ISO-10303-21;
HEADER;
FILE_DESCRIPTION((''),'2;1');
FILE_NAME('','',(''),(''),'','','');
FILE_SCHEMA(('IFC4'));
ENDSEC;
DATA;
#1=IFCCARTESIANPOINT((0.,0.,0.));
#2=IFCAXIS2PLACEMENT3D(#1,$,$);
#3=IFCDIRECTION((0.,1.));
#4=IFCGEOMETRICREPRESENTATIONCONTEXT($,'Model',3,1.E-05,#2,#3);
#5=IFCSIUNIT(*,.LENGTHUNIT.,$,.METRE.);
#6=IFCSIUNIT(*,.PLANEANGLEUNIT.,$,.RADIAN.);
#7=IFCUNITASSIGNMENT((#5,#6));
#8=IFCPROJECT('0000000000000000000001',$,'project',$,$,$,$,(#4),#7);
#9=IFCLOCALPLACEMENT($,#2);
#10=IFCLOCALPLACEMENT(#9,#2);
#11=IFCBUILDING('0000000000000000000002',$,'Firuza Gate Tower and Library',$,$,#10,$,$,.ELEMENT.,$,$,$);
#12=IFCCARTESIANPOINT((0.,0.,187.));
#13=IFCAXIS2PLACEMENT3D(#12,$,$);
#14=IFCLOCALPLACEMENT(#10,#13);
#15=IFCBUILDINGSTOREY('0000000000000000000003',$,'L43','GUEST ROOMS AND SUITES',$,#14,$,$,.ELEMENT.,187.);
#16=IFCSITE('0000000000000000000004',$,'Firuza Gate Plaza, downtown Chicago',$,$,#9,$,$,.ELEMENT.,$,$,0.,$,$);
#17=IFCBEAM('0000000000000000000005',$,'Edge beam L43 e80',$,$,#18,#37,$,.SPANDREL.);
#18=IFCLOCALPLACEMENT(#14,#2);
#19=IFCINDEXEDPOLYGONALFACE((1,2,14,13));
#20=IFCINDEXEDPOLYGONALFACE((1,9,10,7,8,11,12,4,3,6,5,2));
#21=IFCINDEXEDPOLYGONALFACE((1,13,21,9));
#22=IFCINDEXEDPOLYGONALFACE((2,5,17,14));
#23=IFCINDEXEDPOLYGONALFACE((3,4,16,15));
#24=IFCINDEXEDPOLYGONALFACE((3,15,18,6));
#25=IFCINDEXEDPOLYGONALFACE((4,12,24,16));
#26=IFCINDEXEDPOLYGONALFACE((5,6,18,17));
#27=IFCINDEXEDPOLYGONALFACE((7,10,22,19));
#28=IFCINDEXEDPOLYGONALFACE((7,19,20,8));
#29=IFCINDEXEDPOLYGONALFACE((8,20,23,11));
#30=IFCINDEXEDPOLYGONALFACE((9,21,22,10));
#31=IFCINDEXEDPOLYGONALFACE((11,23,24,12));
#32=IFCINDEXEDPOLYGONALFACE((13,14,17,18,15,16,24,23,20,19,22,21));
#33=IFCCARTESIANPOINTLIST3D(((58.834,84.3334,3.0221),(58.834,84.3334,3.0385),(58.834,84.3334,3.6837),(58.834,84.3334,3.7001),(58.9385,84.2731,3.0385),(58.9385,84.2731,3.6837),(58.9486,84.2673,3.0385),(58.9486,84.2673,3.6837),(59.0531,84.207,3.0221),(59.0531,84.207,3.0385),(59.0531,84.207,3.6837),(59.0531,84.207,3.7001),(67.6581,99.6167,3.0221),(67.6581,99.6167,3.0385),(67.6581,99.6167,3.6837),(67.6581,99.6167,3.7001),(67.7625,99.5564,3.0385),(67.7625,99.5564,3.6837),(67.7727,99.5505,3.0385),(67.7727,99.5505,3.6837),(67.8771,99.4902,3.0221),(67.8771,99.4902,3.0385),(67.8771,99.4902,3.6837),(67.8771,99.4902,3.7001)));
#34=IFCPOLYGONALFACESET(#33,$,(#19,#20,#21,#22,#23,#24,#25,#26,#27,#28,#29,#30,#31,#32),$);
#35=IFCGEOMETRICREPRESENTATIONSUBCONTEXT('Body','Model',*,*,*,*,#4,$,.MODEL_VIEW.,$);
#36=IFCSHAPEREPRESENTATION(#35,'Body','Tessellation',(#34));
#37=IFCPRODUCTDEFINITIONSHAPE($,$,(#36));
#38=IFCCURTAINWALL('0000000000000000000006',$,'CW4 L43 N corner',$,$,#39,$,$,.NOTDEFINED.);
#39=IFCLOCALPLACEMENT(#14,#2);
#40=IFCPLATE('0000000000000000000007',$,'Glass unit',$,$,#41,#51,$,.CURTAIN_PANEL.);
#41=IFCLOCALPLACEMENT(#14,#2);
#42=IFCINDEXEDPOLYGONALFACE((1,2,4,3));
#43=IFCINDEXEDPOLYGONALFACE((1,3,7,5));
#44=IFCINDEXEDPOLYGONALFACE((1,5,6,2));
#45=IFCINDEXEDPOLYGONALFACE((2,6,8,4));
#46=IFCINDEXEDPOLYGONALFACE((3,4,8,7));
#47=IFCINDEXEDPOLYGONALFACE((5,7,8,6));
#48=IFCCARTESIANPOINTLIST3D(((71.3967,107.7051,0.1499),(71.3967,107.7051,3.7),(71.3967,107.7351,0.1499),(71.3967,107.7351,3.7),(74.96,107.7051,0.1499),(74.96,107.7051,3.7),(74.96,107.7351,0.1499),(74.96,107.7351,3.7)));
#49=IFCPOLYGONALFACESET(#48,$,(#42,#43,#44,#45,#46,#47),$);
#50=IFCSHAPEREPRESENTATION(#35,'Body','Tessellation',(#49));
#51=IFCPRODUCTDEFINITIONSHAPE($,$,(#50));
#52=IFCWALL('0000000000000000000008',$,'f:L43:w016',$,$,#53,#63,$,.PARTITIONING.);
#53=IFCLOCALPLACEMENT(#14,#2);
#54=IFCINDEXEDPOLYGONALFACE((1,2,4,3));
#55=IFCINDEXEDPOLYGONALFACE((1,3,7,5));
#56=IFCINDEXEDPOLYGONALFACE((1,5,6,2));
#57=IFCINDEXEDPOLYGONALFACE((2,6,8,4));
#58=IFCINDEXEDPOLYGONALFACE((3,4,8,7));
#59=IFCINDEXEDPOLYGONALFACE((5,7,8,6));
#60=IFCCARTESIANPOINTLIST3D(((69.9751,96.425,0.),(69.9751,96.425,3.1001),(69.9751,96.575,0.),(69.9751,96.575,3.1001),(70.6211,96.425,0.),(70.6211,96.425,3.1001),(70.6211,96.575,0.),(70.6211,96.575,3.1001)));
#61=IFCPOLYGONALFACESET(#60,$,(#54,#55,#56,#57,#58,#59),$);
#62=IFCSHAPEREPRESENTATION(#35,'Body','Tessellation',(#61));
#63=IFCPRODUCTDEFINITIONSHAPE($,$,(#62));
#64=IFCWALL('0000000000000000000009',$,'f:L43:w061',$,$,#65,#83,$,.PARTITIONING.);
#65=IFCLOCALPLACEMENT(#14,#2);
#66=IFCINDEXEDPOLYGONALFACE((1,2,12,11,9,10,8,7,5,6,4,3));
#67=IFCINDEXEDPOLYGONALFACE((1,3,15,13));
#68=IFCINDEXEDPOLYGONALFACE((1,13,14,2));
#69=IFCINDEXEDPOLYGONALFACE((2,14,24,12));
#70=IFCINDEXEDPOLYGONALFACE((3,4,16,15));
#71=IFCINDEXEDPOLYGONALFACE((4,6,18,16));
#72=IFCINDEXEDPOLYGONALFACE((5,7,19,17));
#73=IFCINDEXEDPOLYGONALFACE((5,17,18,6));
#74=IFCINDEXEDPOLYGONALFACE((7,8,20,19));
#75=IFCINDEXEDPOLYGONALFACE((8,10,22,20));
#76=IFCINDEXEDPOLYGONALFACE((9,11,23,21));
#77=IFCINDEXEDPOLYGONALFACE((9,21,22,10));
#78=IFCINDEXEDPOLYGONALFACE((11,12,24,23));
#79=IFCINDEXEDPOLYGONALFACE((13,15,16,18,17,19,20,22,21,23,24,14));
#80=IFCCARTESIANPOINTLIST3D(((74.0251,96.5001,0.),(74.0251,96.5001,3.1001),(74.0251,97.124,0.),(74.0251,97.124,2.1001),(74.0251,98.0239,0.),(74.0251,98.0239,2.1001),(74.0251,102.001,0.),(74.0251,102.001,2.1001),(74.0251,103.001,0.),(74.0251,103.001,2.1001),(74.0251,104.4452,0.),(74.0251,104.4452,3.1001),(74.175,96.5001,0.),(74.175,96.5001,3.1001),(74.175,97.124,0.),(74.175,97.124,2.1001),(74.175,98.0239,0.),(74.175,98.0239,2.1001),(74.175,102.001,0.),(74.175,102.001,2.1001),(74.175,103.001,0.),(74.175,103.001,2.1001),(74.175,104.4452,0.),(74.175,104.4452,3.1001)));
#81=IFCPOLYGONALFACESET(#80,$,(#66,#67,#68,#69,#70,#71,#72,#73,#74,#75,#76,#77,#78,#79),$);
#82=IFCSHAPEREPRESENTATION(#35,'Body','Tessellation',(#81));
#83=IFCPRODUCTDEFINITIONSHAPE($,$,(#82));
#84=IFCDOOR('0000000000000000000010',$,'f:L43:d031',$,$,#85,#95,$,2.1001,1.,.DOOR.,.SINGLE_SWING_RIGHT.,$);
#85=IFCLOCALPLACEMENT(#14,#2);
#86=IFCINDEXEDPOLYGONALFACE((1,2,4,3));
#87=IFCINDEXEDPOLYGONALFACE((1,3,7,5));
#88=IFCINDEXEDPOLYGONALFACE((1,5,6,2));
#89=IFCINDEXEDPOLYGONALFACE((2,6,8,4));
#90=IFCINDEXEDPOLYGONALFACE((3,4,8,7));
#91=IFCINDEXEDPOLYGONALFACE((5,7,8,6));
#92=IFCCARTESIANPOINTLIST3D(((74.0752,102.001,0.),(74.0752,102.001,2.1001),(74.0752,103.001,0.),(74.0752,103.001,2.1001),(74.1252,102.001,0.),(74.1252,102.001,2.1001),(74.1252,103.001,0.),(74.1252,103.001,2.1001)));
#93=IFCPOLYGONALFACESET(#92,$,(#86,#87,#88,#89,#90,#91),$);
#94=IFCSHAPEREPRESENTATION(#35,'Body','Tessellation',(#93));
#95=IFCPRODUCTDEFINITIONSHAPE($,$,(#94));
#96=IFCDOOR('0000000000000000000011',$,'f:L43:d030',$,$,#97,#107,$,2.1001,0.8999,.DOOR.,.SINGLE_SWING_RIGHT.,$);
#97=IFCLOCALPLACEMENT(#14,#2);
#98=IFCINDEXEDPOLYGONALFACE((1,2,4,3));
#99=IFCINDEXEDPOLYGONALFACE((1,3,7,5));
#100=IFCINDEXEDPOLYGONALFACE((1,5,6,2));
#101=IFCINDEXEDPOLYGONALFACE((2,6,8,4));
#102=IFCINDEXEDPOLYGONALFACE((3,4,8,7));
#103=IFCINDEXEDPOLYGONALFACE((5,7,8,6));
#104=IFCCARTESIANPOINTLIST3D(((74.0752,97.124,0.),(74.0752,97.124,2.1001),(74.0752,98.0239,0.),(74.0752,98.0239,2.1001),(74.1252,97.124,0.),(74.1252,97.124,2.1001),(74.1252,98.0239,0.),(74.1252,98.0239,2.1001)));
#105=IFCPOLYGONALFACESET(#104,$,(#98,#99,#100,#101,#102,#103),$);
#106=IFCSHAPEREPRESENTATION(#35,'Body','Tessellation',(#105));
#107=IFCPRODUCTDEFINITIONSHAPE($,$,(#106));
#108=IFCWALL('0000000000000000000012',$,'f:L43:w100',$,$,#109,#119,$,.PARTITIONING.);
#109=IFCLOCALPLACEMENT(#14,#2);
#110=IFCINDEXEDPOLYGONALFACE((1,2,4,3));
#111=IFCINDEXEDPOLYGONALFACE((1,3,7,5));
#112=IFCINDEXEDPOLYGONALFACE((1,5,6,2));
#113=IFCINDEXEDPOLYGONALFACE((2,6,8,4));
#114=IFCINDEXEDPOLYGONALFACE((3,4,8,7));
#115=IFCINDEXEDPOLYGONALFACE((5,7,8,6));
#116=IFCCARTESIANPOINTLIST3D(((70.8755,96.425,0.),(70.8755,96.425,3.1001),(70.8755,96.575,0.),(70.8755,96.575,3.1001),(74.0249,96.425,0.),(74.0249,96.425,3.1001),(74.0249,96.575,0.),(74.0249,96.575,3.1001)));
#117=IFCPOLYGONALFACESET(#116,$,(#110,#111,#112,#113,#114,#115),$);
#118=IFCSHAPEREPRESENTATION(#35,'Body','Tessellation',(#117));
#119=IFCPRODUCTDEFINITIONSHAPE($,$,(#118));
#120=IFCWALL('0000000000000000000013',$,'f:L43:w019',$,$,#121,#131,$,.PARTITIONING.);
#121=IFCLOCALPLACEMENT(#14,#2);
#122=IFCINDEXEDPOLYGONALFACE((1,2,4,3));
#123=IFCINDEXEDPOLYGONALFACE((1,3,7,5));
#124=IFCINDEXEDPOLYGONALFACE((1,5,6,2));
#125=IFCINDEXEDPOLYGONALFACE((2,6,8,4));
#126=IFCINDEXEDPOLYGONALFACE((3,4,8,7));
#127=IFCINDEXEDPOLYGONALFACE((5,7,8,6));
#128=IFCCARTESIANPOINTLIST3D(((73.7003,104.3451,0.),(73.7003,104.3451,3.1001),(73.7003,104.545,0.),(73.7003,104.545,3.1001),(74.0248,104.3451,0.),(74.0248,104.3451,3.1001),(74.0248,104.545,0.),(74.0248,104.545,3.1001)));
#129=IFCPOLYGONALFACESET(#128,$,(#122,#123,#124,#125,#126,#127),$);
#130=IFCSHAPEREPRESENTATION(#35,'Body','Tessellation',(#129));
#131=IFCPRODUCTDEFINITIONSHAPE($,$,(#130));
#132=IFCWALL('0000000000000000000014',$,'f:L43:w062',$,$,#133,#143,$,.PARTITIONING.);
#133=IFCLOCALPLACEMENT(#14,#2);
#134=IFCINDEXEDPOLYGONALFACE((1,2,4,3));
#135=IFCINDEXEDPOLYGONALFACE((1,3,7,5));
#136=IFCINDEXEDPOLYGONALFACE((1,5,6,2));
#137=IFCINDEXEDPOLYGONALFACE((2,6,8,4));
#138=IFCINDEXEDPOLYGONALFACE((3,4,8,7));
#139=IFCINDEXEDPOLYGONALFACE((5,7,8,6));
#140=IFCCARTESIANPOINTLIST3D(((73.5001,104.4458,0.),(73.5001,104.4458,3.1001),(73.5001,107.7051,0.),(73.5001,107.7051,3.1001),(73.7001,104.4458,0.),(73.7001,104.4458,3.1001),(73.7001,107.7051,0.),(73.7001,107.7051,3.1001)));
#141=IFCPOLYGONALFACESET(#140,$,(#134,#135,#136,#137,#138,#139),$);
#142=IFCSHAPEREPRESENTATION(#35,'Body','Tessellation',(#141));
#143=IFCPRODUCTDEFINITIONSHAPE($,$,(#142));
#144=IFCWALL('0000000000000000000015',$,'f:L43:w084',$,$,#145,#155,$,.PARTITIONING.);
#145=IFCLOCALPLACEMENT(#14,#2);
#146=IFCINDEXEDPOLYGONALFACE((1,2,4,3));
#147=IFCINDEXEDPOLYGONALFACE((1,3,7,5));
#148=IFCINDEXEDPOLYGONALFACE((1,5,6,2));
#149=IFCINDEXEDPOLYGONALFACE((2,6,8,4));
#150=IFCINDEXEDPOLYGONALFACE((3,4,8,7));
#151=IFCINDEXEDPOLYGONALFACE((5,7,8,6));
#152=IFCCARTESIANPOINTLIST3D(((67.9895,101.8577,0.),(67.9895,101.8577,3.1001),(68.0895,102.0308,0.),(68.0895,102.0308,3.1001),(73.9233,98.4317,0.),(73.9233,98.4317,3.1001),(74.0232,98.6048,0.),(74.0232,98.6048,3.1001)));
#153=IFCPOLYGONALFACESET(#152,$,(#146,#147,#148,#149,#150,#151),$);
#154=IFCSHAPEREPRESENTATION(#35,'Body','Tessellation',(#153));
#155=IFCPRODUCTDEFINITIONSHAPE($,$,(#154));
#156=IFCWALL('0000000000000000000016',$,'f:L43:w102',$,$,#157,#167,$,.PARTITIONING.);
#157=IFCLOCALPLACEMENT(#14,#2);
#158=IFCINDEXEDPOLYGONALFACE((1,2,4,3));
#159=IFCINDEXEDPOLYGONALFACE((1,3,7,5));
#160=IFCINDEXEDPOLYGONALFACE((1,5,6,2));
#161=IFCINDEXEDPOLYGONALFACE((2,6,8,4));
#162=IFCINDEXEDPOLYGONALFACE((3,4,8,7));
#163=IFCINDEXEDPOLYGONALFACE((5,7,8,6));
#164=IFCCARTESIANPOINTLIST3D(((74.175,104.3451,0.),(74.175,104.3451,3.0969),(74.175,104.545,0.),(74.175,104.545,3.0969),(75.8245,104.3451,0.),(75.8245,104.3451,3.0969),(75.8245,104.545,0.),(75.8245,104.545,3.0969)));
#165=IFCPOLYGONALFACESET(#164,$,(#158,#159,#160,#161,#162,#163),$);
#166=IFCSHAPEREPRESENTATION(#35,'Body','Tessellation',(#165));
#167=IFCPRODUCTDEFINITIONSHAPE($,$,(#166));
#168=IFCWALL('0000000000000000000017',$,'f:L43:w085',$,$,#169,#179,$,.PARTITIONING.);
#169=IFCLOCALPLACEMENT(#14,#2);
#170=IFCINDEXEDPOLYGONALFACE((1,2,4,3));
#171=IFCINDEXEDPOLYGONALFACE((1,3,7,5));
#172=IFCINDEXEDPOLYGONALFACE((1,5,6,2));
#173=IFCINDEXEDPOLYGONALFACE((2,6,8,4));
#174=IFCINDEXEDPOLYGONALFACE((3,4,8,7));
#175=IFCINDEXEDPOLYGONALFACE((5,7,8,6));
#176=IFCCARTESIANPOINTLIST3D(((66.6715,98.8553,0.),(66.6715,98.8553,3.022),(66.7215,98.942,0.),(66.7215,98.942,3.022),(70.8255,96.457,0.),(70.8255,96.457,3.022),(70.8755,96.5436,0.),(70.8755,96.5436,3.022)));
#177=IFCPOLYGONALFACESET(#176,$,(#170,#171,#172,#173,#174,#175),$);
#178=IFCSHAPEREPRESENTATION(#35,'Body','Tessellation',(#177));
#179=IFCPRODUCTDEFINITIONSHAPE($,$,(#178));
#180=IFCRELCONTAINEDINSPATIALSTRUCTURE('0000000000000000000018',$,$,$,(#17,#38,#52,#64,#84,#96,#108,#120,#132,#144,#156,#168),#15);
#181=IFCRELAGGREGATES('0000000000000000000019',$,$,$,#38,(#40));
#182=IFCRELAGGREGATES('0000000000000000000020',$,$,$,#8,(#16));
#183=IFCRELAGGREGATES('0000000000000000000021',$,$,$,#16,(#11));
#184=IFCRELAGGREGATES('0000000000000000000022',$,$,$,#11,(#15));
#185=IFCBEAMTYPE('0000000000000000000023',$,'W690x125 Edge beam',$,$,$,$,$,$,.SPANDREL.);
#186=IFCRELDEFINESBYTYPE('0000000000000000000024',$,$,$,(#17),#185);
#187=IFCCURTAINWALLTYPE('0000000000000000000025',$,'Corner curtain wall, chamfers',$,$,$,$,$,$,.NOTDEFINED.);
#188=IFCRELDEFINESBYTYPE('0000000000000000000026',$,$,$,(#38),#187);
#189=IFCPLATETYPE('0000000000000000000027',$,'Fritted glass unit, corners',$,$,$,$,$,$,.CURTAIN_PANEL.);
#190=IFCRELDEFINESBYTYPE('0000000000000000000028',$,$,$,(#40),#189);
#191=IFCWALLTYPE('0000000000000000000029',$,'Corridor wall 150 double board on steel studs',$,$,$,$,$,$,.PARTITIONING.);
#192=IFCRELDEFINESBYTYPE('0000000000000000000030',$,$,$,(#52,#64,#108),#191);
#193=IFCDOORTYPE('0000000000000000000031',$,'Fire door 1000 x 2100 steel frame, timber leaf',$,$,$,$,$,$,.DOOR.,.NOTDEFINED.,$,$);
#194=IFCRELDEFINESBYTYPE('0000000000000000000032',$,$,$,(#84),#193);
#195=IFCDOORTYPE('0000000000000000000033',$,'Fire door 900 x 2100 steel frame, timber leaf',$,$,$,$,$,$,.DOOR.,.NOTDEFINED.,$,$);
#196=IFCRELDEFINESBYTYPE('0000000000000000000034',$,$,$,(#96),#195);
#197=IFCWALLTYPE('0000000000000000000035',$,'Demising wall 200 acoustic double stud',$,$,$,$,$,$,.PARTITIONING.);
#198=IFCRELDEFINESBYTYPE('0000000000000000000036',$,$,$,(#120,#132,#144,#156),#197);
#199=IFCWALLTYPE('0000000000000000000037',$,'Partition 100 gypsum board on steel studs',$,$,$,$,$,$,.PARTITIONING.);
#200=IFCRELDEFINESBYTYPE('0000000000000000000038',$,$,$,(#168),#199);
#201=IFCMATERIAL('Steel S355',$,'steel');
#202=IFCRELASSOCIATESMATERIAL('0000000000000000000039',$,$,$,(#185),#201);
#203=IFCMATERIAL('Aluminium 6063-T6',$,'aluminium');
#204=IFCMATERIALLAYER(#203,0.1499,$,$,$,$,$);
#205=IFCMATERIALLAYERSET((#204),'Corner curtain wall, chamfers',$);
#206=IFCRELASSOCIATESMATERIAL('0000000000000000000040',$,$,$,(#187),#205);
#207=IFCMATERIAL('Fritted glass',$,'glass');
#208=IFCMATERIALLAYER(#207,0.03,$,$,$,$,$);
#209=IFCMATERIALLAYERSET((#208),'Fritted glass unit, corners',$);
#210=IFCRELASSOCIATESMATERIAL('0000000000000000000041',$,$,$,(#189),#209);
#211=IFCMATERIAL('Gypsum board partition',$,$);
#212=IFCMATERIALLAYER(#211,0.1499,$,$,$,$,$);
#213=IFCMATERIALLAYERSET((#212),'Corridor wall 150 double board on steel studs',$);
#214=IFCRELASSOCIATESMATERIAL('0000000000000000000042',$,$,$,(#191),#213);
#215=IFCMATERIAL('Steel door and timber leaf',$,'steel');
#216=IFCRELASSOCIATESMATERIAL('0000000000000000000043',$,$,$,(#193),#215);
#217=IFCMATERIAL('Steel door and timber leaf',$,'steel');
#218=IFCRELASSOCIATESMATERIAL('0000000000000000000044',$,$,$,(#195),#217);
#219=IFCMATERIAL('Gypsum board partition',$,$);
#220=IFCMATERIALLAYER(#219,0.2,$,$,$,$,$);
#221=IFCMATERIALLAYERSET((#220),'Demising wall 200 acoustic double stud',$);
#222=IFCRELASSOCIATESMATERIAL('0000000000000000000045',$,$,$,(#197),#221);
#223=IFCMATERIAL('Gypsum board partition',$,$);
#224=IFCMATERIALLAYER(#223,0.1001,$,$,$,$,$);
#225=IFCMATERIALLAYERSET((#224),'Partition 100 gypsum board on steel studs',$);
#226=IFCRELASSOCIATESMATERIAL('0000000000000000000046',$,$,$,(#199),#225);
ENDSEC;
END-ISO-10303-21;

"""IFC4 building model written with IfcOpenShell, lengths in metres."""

from ifc_helpers import new_model, si_unit, direction, frame, frame_2d, origin, origin_2d, place, context, subcontext, project, spatial, polyline, rectangle, i_section, outline, extrude, material, layer, layer_set, material_profile, profile_set, type_object, element, fill, aggregate, save


model = new_model("IFC4")

# Units and contexts
model_context = context("Model", 3, precision=1e-05, world=origin(), true_north=direction((0.0, 1.0)))
body_context = subcontext(model_context, "Body", "Model", "MODEL_VIEW")
ifc_project = project(units=[si_unit("LENGTHUNIT", "METRE"), si_unit("PLANEANGLEUNIT", "RADIAN")], contexts=[model_context])

# Site, building, storey
site_placement = place(None, origin())
site = spatial("IfcSite", under=ifc_project, at=site_placement, Name="Firuza Gate Plaza, downtown Chicago", CompositionType="ELEMENT", RefElevation=0.0)
building_placement = place(site_placement, origin())
building = spatial("IfcBuilding", under=site, at=building_placement, Name="Firuza Gate Tower and Library", CompositionType="ELEMENT")
storey_placement = place(building_placement, frame((0.0, 0.0, 187.0)))
storey = spatial("IfcBuildingStorey", under=building, at=storey_placement, Name="L43", Description="GUEST ROOMS AND SUITES", CompositionType="ELEMENT", Elevation=187.0)

# Beam
ifc_material_1 = material(Name="Steel S355", Category="steel")
ifc_material_profile_1 = material_profile(ifc_material_1, i_section(OverallWidth=0.2529, OverallDepth=0.678, WebThickness=0.0117, FlangeThickness=0.0164, at=origin_2d()))
ifc_profile_set_1 = profile_set([ifc_material_profile_1], Name="Steel S355")
beam_type_1 = type_object("IfcBeamType", Name="W690x125 Edge beam", PredefinedType="SPANDREL", material=ifc_profile_set_1)
beam_1_placement = place(storey_placement, frame((67.7676, 99.5535, 3.3611), z_axis=(-0.500009, -0.86602, 0.0), x_axis=(0.86602, -0.500009, 0.0)))
element("IfcBeam", 1, at=beam_1_placement, inside=storey, type_object=beam_type_1, Name="Edge beam L43 e80", PredefinedType="SPANDREL", context=body_context, shape_type="SweptSolid", body=[
    extrude(i_section(OverallWidth=0.2529, OverallDepth=0.678, WebThickness=0.0117, FlangeThickness=0.0164, at=origin_2d()), origin(), (0.0, 0.0, 1.0), 17.6477),
])

# Curtain wall, plate
ifc_material_2 = material(Name="Aluminium 6063-T6", Category="aluminium")
ifc_layer_1 = layer(ifc_material_2, 0.1499)
ifc_layer_set_1 = layer_set([ifc_layer_1], Name="Corner curtain wall, chamfers")
curtain_wall_type = type_object("IfcCurtainWallType", Name="Corner curtain wall, chamfers", PredefinedType="NOTDEFINED", material=ifc_layer_set_1)
curtain_wall_placement = place(storey_placement, origin())
curtain_wall = element("IfcCurtainWall", 2, at=curtain_wall_placement, inside=storey, type_object=curtain_wall_type, Name="CW4 L43 N corner", PredefinedType="NOTDEFINED")
ifc_material_3 = material(Name="Fritted glass", Category="glass")
ifc_layer_2 = layer(ifc_material_3, 0.03)
ifc_layer_set_2 = layer_set([ifc_layer_2], Name="Fritted glass unit, corners")
plate_type = type_object("IfcPlateType", Name="Fritted glass unit, corners", PredefinedType="CURTAIN_PANEL", material=ifc_layer_set_2)
plate_placement = place(storey_placement, frame((74.96, 107.7351, 0.1499), z_axis=(0.0, 1.0, 0.0), x_axis=(-1.0, 0.0, 0.0)))
plate = element("IfcPlate", 3, at=plate_placement, type_object=plate_type, Name="Glass unit", PredefinedType="CURTAIN_PANEL", context=body_context, shape_type="SweptSolid", body=[
    extrude(outline(polyline([(0.0, 0.0), (3.5632, 0.0), (3.5632, 3.55), (0.0, 3.55), (0.0, 0.0)])), origin(), (0.0, 0.0, -1.0), 0.03),
])
aggregate(curtain_wall, [plate])

# Wall
ifc_material_4 = material(Name="Gypsum board partition")
ifc_layer_3 = layer(ifc_material_4, 0.1499)
ifc_layer_set_3 = layer_set([ifc_layer_3], Name="Corridor wall 150 double board on steel studs")
wall_type_1 = type_object("IfcWallType", Name="Corridor wall 150 double board on steel studs", PredefinedType="PARTITIONING", material=ifc_layer_set_3)
wall_1_placement = place(storey_placement, frame((69.9751, 96.5, 0.0), z_axis=(0.0, 0.0, 1.0), x_axis=(1.0, 0.0, 0.0)))
element("IfcWall", 4, at=wall_1_placement, inside=storey, type_object=wall_type_1, Name="f:L43:w016", PredefinedType="PARTITIONING", context=body_context, shape_type="SweptSolid", body=[
    extrude(rectangle(XDim=0.646, YDim=0.1499, at=frame_2d((0.323, 0.0))), origin(), (0.0, 0.0, 1.0), 3.1001),
])

# Wall, openings, doors
wall_2_placement = place(storey_placement, frame((74.1001, 96.5, 0.0), z_axis=(0.0, 0.0, 1.0), x_axis=(0.0, 1.0, 0.0)))
wall_2 = element("IfcWall", 5, at=wall_2_placement, inside=storey, type_object=wall_type_1, Name="f:L43:w061", PredefinedType="PARTITIONING", context=body_context, shape_type="SweptSolid", body=[
    extrude(rectangle(XDim=7.9451, YDim=0.1499, at=frame_2d((3.9727, 0.0))), origin(), (0.0, 0.0, 1.0), 3.1001),
])
opening_1_placement = place(wall_2_placement, frame((0.624, 0.0, 0.0)))
opening_1 = element("IfcOpeningElement", 6, at=opening_1_placement, cuts=wall_2, PredefinedType="OPENING", context=body_context, shape_type="SweptSolid", body=[
    extrude(rectangle(XDim=0.8999, YDim=2.1001, at=frame_2d((0.45, 1.05))), frame((0.0, 0.085, 0.0), z_axis=(0.0, -1.0, 0.0), x_axis=(1.0, 0.0, 0.0)), (0.0, 0.0, 1.0), 0.1699),
])
opening_2_placement = place(wall_2_placement, frame((5.501, 0.0, 0.0)))
opening_2 = element("IfcOpeningElement", 7, at=opening_2_placement, cuts=wall_2, PredefinedType="OPENING", context=body_context, shape_type="SweptSolid", body=[
    extrude(rectangle(XDim=1.0, YDim=2.1001, at=frame_2d((0.5, 1.05))), frame((0.0, 0.085, 0.0), z_axis=(0.0, -1.0, 0.0), x_axis=(1.0, 0.0, 0.0)), (0.0, 0.0, 1.0), 0.1699),
])
ifc_material_5 = material(Name="Steel door and timber leaf", Category="steel")
door_type_1 = type_object("IfcDoorType", Name="Fire door 1000 x 2100 steel frame, timber leaf", OperationType="NOTDEFINED", PredefinedType="DOOR", material=ifc_material_5)
door_1_placement = place(opening_2_placement, origin())
door_1 = element("IfcDoor", 8, at=door_1_placement, inside=storey, type_object=door_type_1, Name="f:L43:d031", OperationType="SINGLE_SWING_RIGHT", OverallHeight=2.1001, OverallWidth=1.0, PredefinedType="DOOR", context=body_context, shape_type="SweptSolid", body=[
    extrude(rectangle(XDim=1.0, YDim=2.1001, at=frame_2d((0.5, 1.05))), frame((0.0, 0.0249, 0.0), z_axis=(0.0, -1.0, 0.0), x_axis=(1.0, 0.0, 0.0)), (0.0, 0.0, 1.0), 0.05),
])
fill(opening_2, door_1)
ifc_material_6 = material(Name="Steel door and timber leaf", Category="steel")
door_type_2 = type_object("IfcDoorType", Name="Fire door 900 x 2100 steel frame, timber leaf", OperationType="NOTDEFINED", PredefinedType="DOOR", material=ifc_material_6)
door_2_placement = place(opening_1_placement, origin())
door_2 = element("IfcDoor", 9, at=door_2_placement, inside=storey, type_object=door_type_2, Name="f:L43:d030", OperationType="SINGLE_SWING_RIGHT", OverallHeight=2.1001, OverallWidth=0.8999, PredefinedType="DOOR", context=body_context, shape_type="SweptSolid", body=[
    extrude(rectangle(XDim=0.8999, YDim=2.1001, at=frame_2d((0.45, 1.05))), frame((0.0, 0.0249, 0.0), z_axis=(0.0, -1.0, 0.0), x_axis=(1.0, 0.0, 0.0)), (0.0, 0.0, 1.0), 0.05),
])
fill(opening_1, door_2)

# Walls
wall_3_placement = place(storey_placement, frame((70.8755, 96.5, 0.0), z_axis=(0.0, 0.0, 1.0), x_axis=(1.0, 0.0, 0.0)))
element("IfcWall", 10, at=wall_3_placement, inside=storey, type_object=wall_type_1, Name="f:L43:w100", PredefinedType="PARTITIONING", context=body_context, shape_type="SweptSolid", body=[
    extrude(rectangle(XDim=3.1494, YDim=0.1499, at=frame_2d((1.5747, 0.0))), origin(), (0.0, 0.0, 1.0), 3.1001),
])
ifc_material_7 = material(Name="Gypsum board partition")
ifc_layer_4 = layer(ifc_material_7, 0.2)
ifc_layer_set_4 = layer_set([ifc_layer_4], Name="Demising wall 200 acoustic double stud")
wall_type_2 = type_object("IfcWallType", Name="Demising wall 200 acoustic double stud", PredefinedType="PARTITIONING", material=ifc_layer_set_4)
wall_4_placement = place(storey_placement, frame((73.7004, 104.4451, 0.0), z_axis=(0.0, 0.0, 1.0), x_axis=(1.0, 0.0, 0.0)))
element("IfcWall", 11, at=wall_4_placement, inside=storey, type_object=wall_type_2, Name="f:L43:w019", PredefinedType="PARTITIONING", context=body_context, shape_type="SweptSolid", body=[
    extrude(rectangle(XDim=0.3245, YDim=0.2, at=frame_2d((0.1621, 0.0))), origin(), (0.0, 0.0, 1.0), 3.1001),
])
wall_5_placement = place(storey_placement, frame((73.6001, 104.4458, 0.0), z_axis=(0.0, 0.0, 1.0), x_axis=(0.0, 1.0, 0.0)))
element("IfcWall", 12, at=wall_5_placement, inside=storey, type_object=wall_type_2, Name="f:L43:w062", PredefinedType="PARTITIONING", context=body_context, shape_type="SweptSolid", body=[
    extrude(rectangle(XDim=3.2593, YDim=0.2, at=frame_2d((1.6296, 0.0))), origin(), (0.0, 0.0, 1.0), 3.1001),
])
wall_6_placement = place(storey_placement, frame((73.9731, 98.5183, 0.0), z_axis=(0.0, 0.0, 1.0), x_axis=(-0.866018, 0.500013, 0.0)))
element("IfcWall", 13, at=wall_6_placement, inside=storey, type_object=wall_type_2, Name="f:L43:w084", PredefinedType="PARTITIONING", context=body_context, shape_type="SweptSolid", body=[
    extrude(rectangle(XDim=6.8518, YDim=0.2, at=frame_2d((3.4258, 0.0))), origin(), (0.0, 0.0, 1.0), 3.1001),
])
wall_7_placement = place(storey_placement, frame((74.175, 104.4451, 0.0), z_axis=(0.0, 0.0, 1.0), x_axis=(1.0, 0.0, 0.0)))
element("IfcWall", 14, at=wall_7_placement, inside=storey, type_object=wall_type_2, Name="f:L43:w102", PredefinedType="PARTITIONING", context=body_context, shape_type="SweptSolid", body=[
    extrude(rectangle(XDim=1.6494, YDim=0.2, at=frame_2d((0.8247, 0.0))), origin(), (0.0, 0.0, 1.0), 3.0969),
])
ifc_material_8 = material(Name="Gypsum board partition")
ifc_layer_5 = layer(ifc_material_8, 0.1001)
ifc_layer_set_5 = layer_set([ifc_layer_5], Name="Partition 100 gypsum board on steel studs")
wall_type_3 = type_object("IfcWallType", Name="Partition 100 gypsum board on steel studs", PredefinedType="PARTITIONING", material=ifc_layer_set_5)
wall_8_placement = place(storey_placement, frame((70.8506, 96.5002, 0.0), z_axis=(0.0, 0.0, 1.0), x_axis=(-0.866017, 0.500015, 0.0)))
element("IfcWall", 15, at=wall_8_placement, inside=storey, type_object=wall_type_3, Name="f:L43:w085", PredefinedType="PARTITIONING", context=body_context, shape_type="SweptSolid", body=[
    extrude(rectangle(XDim=4.7966, YDim=0.1001, at=frame_2d((2.3984, 0.0))), origin(), (0.0, 0.0, 1.0), 3.022),
])

save(model, "model.ifc")
